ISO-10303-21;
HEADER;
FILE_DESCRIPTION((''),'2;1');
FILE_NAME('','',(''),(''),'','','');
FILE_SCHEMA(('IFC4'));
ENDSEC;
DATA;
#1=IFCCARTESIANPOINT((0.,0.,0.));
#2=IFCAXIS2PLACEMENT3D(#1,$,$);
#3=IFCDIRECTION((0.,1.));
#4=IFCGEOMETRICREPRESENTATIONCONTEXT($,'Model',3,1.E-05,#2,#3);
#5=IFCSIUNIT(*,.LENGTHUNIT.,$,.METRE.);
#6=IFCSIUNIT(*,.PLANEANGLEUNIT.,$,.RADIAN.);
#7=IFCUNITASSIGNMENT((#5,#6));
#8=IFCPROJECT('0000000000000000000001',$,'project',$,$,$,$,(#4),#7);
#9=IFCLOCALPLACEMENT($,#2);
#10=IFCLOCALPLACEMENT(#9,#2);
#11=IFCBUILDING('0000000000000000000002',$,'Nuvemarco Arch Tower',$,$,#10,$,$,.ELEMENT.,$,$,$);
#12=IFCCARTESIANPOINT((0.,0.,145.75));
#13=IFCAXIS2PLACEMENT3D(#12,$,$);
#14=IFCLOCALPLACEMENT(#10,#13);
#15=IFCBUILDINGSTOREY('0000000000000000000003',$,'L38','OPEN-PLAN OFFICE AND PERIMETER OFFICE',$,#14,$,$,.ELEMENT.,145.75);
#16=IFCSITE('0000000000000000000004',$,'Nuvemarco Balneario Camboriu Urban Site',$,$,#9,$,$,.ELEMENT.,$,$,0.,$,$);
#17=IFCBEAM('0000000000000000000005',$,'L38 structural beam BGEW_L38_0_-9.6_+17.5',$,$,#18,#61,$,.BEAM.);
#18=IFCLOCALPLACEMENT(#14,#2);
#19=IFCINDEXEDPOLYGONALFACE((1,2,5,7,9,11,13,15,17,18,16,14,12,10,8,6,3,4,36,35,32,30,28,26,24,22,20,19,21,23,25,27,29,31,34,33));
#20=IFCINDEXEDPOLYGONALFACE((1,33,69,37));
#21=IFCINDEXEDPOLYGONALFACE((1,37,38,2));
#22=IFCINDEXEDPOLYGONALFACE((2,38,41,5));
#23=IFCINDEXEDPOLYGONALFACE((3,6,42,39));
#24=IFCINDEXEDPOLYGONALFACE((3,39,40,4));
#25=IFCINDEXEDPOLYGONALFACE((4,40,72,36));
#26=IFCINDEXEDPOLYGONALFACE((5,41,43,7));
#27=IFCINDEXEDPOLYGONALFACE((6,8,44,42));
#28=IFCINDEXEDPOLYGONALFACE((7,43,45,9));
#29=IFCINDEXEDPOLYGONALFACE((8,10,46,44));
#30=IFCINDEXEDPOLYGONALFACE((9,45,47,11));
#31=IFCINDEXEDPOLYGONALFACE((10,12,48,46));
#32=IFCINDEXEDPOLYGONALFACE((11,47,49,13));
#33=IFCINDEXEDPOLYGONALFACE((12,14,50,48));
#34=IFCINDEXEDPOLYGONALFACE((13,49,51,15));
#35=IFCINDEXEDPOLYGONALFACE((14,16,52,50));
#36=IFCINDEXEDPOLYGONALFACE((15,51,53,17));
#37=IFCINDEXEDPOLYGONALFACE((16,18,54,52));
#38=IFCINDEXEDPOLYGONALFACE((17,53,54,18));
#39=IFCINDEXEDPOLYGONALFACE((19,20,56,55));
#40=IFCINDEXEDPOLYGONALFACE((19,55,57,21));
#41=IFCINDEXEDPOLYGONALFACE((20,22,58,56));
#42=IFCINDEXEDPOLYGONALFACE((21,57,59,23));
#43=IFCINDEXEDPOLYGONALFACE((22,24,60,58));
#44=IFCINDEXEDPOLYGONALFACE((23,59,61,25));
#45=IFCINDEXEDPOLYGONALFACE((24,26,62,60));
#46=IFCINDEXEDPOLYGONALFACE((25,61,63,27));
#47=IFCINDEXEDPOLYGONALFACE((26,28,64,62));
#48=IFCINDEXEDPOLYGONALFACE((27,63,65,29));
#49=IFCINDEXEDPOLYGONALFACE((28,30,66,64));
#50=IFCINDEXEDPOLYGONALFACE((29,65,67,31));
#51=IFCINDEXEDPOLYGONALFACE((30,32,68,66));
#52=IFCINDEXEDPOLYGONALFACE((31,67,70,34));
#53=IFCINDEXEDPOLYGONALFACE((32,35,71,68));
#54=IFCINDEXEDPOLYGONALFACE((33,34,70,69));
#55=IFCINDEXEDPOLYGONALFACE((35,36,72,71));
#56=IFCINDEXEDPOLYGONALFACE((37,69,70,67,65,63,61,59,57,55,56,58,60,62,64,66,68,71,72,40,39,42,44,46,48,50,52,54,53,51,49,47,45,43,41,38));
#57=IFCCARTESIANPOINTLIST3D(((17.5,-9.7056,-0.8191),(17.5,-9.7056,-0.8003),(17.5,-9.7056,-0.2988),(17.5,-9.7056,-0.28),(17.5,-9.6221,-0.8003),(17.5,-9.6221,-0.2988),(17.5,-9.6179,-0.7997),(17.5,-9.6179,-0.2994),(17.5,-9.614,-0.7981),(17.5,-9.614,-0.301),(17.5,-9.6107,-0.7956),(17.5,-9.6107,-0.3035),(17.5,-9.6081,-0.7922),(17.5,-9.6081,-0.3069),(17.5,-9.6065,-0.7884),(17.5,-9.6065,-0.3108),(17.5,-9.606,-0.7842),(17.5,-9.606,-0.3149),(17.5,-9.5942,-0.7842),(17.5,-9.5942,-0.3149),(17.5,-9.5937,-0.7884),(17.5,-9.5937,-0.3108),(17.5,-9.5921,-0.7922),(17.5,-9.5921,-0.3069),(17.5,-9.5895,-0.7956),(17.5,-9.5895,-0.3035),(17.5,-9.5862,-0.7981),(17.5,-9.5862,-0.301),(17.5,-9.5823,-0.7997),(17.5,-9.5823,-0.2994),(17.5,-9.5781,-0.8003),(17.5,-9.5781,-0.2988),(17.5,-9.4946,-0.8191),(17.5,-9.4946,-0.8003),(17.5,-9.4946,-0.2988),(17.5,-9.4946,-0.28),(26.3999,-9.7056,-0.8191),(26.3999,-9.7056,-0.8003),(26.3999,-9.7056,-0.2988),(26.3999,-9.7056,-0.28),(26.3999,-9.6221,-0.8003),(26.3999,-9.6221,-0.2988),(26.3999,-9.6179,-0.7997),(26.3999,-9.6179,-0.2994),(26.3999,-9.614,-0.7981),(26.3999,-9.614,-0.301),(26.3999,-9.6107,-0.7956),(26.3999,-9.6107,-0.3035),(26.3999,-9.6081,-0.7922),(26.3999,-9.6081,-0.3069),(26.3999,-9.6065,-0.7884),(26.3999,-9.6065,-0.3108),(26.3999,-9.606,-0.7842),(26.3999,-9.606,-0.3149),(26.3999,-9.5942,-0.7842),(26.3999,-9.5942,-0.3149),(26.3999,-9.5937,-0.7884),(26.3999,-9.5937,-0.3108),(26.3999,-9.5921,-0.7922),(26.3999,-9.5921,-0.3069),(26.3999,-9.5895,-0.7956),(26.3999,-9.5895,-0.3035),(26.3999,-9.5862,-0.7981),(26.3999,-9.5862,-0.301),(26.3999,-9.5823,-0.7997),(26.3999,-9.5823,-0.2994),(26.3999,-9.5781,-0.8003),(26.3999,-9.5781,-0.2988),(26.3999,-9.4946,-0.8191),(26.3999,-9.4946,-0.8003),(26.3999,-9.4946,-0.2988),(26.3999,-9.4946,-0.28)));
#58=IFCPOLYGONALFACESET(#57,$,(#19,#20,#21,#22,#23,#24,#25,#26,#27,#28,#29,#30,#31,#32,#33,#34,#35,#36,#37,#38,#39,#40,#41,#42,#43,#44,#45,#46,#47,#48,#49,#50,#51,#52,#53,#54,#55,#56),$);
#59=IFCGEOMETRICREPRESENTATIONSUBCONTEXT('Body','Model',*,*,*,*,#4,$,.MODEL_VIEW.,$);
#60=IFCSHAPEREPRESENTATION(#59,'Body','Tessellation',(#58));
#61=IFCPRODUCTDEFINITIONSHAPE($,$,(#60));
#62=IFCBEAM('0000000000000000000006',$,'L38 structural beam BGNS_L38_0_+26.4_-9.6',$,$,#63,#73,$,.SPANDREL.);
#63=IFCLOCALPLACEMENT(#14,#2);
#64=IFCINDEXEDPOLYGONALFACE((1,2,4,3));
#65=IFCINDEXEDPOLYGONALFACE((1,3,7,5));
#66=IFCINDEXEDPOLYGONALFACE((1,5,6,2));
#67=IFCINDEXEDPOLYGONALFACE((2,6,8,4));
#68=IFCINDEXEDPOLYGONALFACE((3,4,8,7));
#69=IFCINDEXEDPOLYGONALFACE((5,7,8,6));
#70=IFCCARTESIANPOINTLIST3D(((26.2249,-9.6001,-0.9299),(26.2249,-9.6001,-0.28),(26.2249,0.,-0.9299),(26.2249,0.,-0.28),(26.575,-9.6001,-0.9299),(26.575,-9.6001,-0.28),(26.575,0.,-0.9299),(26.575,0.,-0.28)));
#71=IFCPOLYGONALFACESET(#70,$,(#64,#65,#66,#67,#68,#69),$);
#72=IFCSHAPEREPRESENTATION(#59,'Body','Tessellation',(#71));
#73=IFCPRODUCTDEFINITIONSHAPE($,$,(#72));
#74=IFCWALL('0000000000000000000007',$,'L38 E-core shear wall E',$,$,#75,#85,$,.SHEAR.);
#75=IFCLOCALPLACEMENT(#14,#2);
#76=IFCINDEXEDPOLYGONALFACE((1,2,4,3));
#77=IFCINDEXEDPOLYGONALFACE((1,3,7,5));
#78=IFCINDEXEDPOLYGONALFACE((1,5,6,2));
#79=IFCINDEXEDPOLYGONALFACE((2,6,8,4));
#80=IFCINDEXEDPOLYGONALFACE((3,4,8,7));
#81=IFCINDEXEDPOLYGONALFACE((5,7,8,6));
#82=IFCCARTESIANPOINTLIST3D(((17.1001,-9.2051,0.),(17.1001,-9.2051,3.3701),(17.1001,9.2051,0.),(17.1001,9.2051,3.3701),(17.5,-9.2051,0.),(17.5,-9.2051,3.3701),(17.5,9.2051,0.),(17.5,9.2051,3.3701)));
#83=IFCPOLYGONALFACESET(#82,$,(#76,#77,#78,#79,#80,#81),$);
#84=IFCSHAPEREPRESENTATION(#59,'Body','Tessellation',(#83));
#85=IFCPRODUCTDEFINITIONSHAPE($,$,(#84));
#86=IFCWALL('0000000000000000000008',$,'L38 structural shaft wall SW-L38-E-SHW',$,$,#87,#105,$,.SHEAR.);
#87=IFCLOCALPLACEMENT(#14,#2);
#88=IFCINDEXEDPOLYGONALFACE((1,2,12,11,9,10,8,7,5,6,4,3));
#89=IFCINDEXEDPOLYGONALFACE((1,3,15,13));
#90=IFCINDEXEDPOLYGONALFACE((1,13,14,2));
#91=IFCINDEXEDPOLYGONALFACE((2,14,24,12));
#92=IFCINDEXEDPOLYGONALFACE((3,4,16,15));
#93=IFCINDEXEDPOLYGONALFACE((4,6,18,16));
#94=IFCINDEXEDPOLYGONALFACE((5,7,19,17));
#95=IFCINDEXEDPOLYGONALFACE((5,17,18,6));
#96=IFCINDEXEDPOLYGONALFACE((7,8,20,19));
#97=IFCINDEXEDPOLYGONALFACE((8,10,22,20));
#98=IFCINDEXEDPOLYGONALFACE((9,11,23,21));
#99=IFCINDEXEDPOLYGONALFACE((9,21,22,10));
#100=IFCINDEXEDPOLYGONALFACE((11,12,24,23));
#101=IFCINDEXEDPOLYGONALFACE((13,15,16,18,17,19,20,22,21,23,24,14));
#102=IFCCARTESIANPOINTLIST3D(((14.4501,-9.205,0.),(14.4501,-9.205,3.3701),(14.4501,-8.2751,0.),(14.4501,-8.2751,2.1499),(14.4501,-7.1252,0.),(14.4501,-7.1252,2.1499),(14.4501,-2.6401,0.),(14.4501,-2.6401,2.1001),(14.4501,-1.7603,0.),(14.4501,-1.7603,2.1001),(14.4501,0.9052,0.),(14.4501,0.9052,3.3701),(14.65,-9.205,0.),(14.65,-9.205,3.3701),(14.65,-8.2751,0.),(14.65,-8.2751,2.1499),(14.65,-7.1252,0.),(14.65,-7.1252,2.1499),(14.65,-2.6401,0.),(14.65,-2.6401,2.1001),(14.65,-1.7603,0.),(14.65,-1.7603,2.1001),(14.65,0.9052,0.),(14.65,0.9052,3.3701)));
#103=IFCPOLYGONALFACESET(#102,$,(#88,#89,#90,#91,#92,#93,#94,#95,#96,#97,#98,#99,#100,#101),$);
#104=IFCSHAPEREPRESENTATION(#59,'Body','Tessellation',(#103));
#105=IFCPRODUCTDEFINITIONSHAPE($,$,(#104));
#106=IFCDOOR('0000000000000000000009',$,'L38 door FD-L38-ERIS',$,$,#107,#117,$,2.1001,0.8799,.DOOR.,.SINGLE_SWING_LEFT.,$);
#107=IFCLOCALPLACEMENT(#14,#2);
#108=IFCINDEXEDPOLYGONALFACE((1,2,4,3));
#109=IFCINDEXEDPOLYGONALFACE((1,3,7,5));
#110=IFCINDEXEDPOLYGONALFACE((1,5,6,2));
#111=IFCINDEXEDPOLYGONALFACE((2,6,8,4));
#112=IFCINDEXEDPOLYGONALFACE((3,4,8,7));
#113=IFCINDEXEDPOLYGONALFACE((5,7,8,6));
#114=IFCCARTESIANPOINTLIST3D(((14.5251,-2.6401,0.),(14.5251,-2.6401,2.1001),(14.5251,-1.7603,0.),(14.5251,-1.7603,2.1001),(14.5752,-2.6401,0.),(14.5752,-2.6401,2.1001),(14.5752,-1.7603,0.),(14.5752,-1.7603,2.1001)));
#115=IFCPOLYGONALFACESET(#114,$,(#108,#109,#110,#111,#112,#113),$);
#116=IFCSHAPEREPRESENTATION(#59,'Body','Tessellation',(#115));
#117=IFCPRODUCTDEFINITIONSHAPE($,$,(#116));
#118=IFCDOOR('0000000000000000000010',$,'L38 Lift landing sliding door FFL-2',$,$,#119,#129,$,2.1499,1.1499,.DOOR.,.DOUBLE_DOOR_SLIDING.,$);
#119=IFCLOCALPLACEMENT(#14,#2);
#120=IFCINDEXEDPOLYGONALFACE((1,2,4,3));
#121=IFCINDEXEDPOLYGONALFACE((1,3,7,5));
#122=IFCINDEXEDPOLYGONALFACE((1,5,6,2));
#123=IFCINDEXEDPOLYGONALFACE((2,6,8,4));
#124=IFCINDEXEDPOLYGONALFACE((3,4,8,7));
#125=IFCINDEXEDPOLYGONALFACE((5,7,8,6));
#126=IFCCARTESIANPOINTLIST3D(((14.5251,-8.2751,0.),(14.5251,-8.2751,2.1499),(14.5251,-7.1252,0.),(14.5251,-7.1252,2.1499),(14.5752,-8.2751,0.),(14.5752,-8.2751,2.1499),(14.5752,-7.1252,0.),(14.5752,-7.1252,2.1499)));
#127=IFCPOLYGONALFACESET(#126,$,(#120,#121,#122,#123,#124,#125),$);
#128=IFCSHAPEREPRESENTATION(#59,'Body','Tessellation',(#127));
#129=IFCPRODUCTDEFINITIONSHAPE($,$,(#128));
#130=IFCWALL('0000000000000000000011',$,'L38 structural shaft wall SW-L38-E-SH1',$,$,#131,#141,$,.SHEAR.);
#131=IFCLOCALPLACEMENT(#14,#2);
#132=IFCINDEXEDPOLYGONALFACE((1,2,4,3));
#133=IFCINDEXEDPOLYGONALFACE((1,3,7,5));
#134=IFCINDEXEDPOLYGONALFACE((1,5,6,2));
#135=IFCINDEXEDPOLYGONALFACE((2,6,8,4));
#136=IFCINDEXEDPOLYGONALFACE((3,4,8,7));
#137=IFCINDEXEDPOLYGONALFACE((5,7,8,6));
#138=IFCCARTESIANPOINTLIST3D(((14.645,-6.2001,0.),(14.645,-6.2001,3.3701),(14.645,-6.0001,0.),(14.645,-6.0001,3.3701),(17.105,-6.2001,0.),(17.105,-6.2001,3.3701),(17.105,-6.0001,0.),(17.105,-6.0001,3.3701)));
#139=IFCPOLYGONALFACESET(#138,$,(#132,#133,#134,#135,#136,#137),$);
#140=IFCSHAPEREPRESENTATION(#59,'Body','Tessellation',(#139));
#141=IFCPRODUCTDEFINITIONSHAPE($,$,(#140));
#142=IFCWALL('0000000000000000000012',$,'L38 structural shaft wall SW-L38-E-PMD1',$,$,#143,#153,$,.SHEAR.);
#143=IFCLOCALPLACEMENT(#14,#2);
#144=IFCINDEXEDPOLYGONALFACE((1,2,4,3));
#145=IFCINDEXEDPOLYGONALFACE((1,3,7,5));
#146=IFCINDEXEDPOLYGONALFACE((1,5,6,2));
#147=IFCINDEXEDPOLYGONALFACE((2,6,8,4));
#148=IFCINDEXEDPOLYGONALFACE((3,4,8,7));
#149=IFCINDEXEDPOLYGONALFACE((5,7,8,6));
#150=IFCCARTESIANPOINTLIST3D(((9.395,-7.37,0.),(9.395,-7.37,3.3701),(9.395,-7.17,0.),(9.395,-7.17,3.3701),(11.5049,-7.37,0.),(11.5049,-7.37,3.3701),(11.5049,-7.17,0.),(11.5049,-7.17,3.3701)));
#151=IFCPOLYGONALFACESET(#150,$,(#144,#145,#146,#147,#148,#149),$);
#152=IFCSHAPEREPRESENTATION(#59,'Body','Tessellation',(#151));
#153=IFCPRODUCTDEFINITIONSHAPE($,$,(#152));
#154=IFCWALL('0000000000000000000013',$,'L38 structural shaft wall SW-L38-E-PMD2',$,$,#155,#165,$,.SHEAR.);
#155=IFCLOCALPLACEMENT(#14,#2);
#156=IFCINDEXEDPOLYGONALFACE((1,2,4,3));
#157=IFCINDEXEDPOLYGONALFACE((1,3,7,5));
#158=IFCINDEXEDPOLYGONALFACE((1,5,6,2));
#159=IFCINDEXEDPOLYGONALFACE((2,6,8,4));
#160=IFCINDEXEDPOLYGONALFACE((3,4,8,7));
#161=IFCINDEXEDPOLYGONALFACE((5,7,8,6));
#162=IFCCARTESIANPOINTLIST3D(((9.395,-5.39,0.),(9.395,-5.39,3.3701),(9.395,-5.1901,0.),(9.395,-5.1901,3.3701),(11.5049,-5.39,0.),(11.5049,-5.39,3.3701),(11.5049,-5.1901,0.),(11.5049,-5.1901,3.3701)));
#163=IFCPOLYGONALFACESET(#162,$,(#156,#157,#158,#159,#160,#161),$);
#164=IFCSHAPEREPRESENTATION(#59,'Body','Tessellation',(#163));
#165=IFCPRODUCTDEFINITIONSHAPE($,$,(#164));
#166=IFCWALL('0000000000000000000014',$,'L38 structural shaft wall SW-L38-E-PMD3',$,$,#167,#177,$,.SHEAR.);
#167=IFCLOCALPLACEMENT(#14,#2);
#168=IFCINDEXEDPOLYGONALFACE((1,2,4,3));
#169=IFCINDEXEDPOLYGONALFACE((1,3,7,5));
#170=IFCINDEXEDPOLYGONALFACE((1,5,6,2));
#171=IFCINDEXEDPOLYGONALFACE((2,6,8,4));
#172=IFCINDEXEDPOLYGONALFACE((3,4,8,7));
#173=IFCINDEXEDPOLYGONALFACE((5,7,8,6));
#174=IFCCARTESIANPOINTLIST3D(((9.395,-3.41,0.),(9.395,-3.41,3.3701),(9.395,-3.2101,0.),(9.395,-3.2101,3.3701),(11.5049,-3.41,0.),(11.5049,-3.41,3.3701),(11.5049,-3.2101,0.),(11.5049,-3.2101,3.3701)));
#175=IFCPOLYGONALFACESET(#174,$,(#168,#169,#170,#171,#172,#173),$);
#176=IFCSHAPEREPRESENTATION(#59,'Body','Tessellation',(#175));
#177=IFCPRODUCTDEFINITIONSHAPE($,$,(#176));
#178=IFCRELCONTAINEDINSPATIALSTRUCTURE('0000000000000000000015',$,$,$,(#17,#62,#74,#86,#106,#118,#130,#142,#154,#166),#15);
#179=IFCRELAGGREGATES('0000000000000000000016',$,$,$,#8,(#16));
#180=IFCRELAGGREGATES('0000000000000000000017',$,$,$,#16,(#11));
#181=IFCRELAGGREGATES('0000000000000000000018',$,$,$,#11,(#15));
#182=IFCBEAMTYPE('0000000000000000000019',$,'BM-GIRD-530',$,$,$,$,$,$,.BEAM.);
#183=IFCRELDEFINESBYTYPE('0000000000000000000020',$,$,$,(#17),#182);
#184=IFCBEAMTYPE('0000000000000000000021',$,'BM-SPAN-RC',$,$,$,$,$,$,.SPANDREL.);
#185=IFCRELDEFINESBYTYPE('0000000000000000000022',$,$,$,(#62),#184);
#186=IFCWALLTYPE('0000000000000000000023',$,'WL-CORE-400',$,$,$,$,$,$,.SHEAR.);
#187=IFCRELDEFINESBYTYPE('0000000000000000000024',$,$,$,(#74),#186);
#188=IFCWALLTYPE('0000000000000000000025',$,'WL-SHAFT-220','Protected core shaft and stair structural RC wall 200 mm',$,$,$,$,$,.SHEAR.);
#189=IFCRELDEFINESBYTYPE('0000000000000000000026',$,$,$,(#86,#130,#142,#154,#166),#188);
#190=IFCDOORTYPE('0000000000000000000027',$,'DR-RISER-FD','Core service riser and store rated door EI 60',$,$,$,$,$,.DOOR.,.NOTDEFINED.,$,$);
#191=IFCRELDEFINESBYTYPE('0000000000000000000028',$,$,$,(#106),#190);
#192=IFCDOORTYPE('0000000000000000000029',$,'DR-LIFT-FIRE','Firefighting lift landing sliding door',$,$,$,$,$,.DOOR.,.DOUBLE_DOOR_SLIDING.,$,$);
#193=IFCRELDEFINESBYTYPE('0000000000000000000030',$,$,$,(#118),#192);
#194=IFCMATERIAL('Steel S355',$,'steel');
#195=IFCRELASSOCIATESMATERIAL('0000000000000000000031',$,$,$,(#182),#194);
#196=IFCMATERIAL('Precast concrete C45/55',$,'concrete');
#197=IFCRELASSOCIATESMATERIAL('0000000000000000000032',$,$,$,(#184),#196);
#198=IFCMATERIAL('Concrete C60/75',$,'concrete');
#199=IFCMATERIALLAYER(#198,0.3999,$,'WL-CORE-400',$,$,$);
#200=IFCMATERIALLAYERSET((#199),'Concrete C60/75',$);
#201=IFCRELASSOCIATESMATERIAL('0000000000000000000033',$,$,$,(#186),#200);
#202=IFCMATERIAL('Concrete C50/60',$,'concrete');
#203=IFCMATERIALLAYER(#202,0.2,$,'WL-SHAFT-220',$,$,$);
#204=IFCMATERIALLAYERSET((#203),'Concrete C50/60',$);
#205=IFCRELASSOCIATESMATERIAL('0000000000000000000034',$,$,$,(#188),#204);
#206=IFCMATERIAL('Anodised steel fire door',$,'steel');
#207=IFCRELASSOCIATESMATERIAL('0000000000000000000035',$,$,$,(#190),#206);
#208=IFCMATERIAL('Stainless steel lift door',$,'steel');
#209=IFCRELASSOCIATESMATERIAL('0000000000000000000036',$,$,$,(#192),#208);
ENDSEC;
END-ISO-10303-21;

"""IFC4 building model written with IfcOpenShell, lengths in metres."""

from ifc_helpers import new_model, si_unit, direction, frame, frame_2d, origin, origin_2d, place, context, subcontext, project, spatial, rectangle, i_section, extrude, source, transform, mapped, material, layer, layer_set, material_profile, profile_set, type_object, type_shapes, element, fill, save


model = new_model("IFC4")

# Units and contexts
model_context = context("Model", 3, precision=1e-05, world=origin(), true_north=direction((0.0, 1.0)))
body_context = subcontext(model_context, "Body", "Model", "MODEL_VIEW")
ifc_project = project(units=[si_unit("LENGTHUNIT", "METRE"), si_unit("PLANEANGLEUNIT", "RADIAN")], contexts=[model_context])

# Site, building, storey
site_placement = place(None, origin())
site = spatial("IfcSite", under=ifc_project, at=site_placement, Name="Nuvemarco Balneario Camboriu Urban Site", CompositionType="ELEMENT", RefElevation=0.0)
building_placement = place(site_placement, origin())
building = spatial("IfcBuilding", under=site, at=building_placement, Name="Nuvemarco Arch Tower", CompositionType="ELEMENT")
storey_placement = place(building_placement, frame((0.0, 0.0, 145.75)))
storey = spatial("IfcBuildingStorey", under=building, at=storey_placement, Name="L38", Description="OPEN-PLAN OFFICE AND PERIMETER OFFICE", CompositionType="ELEMENT", Elevation=145.75)

# Shared definitions
ifc_material_1 = material(Name="Concrete C50/60", Category="concrete")
ifc_material_2 = material(Name="Steel S355", Category="steel")

# Beams
ifc_material_profile_1 = material_profile(ifc_material_2, i_section(OverallWidth=0.2109, OverallDepth=0.5391, WebThickness=0.0117, FlangeThickness=0.0188, FilletRadius=0.0161, at=origin_2d()), Name="W530x109")
ifc_profile_set_1 = profile_set([ifc_material_profile_1], Name="Steel S355")
beam_type_1 = type_object("IfcBeamType", Name="BM-GIRD-530", PredefinedType="BEAM", material=ifc_profile_set_1)
beam_1_placement = place(storey_placement, frame((17.5, -9.6001, -0.5496), z_axis=(1.0, 0.0, 0.0), x_axis=(0.0, 1.0, 0.0)))
element("IfcBeam", 1, at=beam_1_placement, inside=storey, type_object=beam_type_1, Name="L38 structural beam BGEW_L38_0_-9.6_+17.5", PredefinedType="BEAM", context=body_context, shape_type="SweptSolid", body=[
    extrude(i_section(OverallWidth=0.2109, OverallDepth=0.5391, WebThickness=0.0117, FlangeThickness=0.0188, FilletRadius=0.0161, at=origin_2d()), origin(), (0.0, 0.0, 1.0), 8.8999),
])
ifc_material_3 = material(Name="Precast concrete C45/55", Category="concrete")
ifc_material_profile_2 = material_profile(ifc_material_3, rectangle(XDim=0.3501, YDim=0.6499, at=origin_2d()), Name="PC-SP-350x650")
ifc_profile_set_2 = profile_set([ifc_material_profile_2], Name="Precast concrete C45/55")
beam_type_2 = type_object("IfcBeamType", Name="BM-SPAN-RC", PredefinedType="SPANDREL", material=ifc_profile_set_2)
beam_2_placement = place(storey_placement, frame((26.3999, -9.6001, -0.605), z_axis=(0.0, 1.0, 0.0), x_axis=(-1.0, 0.0, 0.0)))
element("IfcBeam", 2, at=beam_2_placement, inside=storey, type_object=beam_type_2, Name="L38 structural beam BGNS_L38_0_+26.4_-9.6", PredefinedType="SPANDREL", context=body_context, shape_type="SweptSolid", body=[
    extrude(rectangle(XDim=0.3501, YDim=0.6499, at=origin_2d()), origin(), (0.0, 0.0, 1.0), 9.6001),
])

# Wall
ifc_material_4 = material(Name="Concrete C60/75", Category="concrete")
ifc_layer_1 = layer(ifc_material_4, 0.3999, Name="WL-CORE-400")
ifc_layer_set_1 = layer_set([ifc_layer_1], Name="Concrete C60/75")
wall_type_1 = type_object("IfcWallType", Name="WL-CORE-400", PredefinedType="SHEAR", material=ifc_layer_set_1)
wall_1_placement = place(storey_placement, frame((17.3, -9.2051, 0.0), z_axis=(0.0, 0.0, 1.0), x_axis=(0.0, 1.0, 0.0)))
element("IfcWall", 3, at=wall_1_placement, inside=storey, type_object=wall_type_1, Name="L38 E-core shear wall E", PredefinedType="SHEAR", context=body_context, shape_type="SweptSolid", body=[
    extrude(rectangle(XDim=18.4102, YDim=0.3999, at=frame_2d((9.2051, 0.0))), origin(), (0.0, 0.0, 1.0), 3.3701),
])

# Wall, openings, doors
ifc_layer_2 = layer(ifc_material_1, 0.2, Name="WL-SHAFT-220")
ifc_layer_set_2 = layer_set([ifc_layer_2], Name="Concrete C50/60")
wall_type_2 = type_object("IfcWallType", Name="WL-SHAFT-220", Description="Protected core shaft and stair structural RC wall 200 mm", PredefinedType="SHEAR", material=ifc_layer_set_2)
wall_2_placement = place(storey_placement, frame((14.55, -9.2051, 0.0), z_axis=(0.0, 0.0, 1.0), x_axis=(0.0, 1.0, 0.0)))
wall_2 = element("IfcWall", 4, at=wall_2_placement, inside=storey, type_object=wall_type_2, Name="L38 structural shaft wall SW-L38-E-SHW", PredefinedType="SHEAR", context=body_context, shape_type="SweptSolid", body=[
    extrude(rectangle(XDim=10.1101, YDim=0.2, at=frame_2d((5.0552, 0.0))), origin(), (0.0, 0.0, 1.0), 3.3701),
])
opening_1_placement = place(wall_2_placement, frame((6.5649, 0.0, 0.0)))
opening_1 = element("IfcOpeningElement", 5, at=opening_1_placement, cuts=wall_2, PredefinedType="OPENING", context=body_context, shape_type="SweptSolid", body=[
    extrude(rectangle(XDim=0.8799, YDim=2.1001, at=frame_2d((0.4399, 1.05))), frame((0.0, 0.1099, 0.0), z_axis=(0.0, -1.0, 0.0), x_axis=(1.0, 0.0, 0.0)), (0.0, 0.0, 1.0), 0.22),
])
opening_2_placement = place(wall_2_placement, frame((0.9299, 0.0, 0.0)))
opening_2 = element("IfcOpeningElement", 6, at=opening_2_placement, cuts=wall_2, PredefinedType="OPENING", context=body_context, shape_type="SweptSolid", body=[
    extrude(rectangle(XDim=1.1499, YDim=2.1499, at=frame_2d((0.575, 1.075))), frame((0.0, 0.1099, 0.0), z_axis=(0.0, -1.0, 0.0), x_axis=(1.0, 0.0, 0.0)), (0.0, 0.0, 1.0), 0.22),
])
ifc_material_5 = material(Name="Anodised steel fire door", Category="steel")
door_type_1 = type_object("IfcDoorType", Name="DR-RISER-FD", Description="Core service riser and store rated door EI 60", OperationType="NOTDEFINED", PredefinedType="DOOR", material=ifc_material_5)
shared_shape_1 = source(origin(), body_context, "Body", "SweptSolid", [
    extrude(rectangle(XDim=0.8799, YDim=2.1001, at=frame_2d((0.4399, 1.05))), frame((0.0, 0.0249, 0.0), z_axis=(0.0, -1.0, 0.0), x_axis=(1.0, 0.0, 0.0)), (0.0, 0.0, 1.0), 0.05),
])
type_shapes(door_type_1, [shared_shape_1])
door_1_placement = place(opening_1_placement, origin())
door_1 = element("IfcDoor", 7, at=door_1_placement, inside=storey, type_object=door_type_1, Name="L38 door FD-L38-ERIS", OperationType="SINGLE_SWING_LEFT", OverallHeight=2.1001, OverallWidth=0.8799, PredefinedType="DOOR", context=body_context, shape_type="MappedRepresentation", body=[
    mapped(shared_shape_1, transform((0.0, 0.0, 0.0), scale=1.0)),
])
fill(opening_1, door_1)
ifc_material_6 = material(Name="Stainless steel lift door", Category="steel")
door_type_2 = type_object("IfcDoorType", Name="DR-LIFT-FIRE", Description="Firefighting lift landing sliding door", OperationType="DOUBLE_DOOR_SLIDING", PredefinedType="DOOR", material=ifc_material_6)
shared_shape_2 = source(origin(), body_context, "Body", "SweptSolid", [
    extrude(rectangle(XDim=1.1499, YDim=2.1499, at=frame_2d((0.575, 1.075))), frame((0.0, 0.0249, 0.0), z_axis=(0.0, -1.0, 0.0), x_axis=(1.0, 0.0, 0.0)), (0.0, 0.0, 1.0), 0.05),
])
type_shapes(door_type_2, [shared_shape_2])
door_2_placement = place(opening_2_placement, origin())
door_2 = element("IfcDoor", 8, at=door_2_placement, inside=storey, type_object=door_type_2, Name="L38 Lift landing sliding door FFL-2", OperationType="DOUBLE_DOOR_SLIDING", OverallHeight=2.1499, OverallWidth=1.1499, PredefinedType="DOOR", context=body_context, shape_type="MappedRepresentation", body=[
    mapped(shared_shape_2, transform((0.0, 0.0, 0.0), scale=1.0)),
])
fill(opening_2, door_2)

# Wall
wall_3_placement = place(storey_placement, frame((14.645, -6.1001, 0.0), z_axis=(0.0, 0.0, 1.0), x_axis=(1.0, 0.0, 0.0)))
element("IfcWall", 9, at=wall_3_placement, inside=storey, type_object=wall_type_2, Name="L38 structural shaft wall SW-L38-E-SH1", PredefinedType="SHEAR", context=body_context, shape_type="SweptSolid", body=[
    extrude(rectangle(XDim=2.46, YDim=0.2, at=frame_2d((1.23, 0.0))), origin(), (0.0, 0.0, 1.0), 3.3701),
])

# Walls
for number, where, z_axis, x_axis, name in (
    (10, (9.395, -7.27, 0.0), (0.0, 0.0, 1.0), (1.0, 0.0, 0.0), "L38 structural shaft wall SW-L38-E-PMD1"),
    (11, (9.395, -5.29, 0.0), (0.0, 0.0, 1.0), (1.0, 0.0, 0.0), "L38 structural shaft wall SW-L38-E-PMD2"),
    (12, (9.395, -3.3101, 0.0), (0.0, 0.0, 1.0), (1.0, 0.0, 0.0), "L38 structural shaft wall SW-L38-E-PMD3"),
):
    element("IfcWall", number, at=place(storey_placement, frame(where, z_axis=z_axis, x_axis=x_axis)), inside=storey, type_object=wall_type_2, Name=name, PredefinedType="SHEAR", context=body_context, shape_type="SweptSolid", body=[
        extrude(rectangle(XDim=2.1099, YDim=0.2, at=frame_2d((1.0549, 0.0))), origin(), (0.0, 0.0, 1.0), 3.3701),
    ])

save(model, "model.ifc")
